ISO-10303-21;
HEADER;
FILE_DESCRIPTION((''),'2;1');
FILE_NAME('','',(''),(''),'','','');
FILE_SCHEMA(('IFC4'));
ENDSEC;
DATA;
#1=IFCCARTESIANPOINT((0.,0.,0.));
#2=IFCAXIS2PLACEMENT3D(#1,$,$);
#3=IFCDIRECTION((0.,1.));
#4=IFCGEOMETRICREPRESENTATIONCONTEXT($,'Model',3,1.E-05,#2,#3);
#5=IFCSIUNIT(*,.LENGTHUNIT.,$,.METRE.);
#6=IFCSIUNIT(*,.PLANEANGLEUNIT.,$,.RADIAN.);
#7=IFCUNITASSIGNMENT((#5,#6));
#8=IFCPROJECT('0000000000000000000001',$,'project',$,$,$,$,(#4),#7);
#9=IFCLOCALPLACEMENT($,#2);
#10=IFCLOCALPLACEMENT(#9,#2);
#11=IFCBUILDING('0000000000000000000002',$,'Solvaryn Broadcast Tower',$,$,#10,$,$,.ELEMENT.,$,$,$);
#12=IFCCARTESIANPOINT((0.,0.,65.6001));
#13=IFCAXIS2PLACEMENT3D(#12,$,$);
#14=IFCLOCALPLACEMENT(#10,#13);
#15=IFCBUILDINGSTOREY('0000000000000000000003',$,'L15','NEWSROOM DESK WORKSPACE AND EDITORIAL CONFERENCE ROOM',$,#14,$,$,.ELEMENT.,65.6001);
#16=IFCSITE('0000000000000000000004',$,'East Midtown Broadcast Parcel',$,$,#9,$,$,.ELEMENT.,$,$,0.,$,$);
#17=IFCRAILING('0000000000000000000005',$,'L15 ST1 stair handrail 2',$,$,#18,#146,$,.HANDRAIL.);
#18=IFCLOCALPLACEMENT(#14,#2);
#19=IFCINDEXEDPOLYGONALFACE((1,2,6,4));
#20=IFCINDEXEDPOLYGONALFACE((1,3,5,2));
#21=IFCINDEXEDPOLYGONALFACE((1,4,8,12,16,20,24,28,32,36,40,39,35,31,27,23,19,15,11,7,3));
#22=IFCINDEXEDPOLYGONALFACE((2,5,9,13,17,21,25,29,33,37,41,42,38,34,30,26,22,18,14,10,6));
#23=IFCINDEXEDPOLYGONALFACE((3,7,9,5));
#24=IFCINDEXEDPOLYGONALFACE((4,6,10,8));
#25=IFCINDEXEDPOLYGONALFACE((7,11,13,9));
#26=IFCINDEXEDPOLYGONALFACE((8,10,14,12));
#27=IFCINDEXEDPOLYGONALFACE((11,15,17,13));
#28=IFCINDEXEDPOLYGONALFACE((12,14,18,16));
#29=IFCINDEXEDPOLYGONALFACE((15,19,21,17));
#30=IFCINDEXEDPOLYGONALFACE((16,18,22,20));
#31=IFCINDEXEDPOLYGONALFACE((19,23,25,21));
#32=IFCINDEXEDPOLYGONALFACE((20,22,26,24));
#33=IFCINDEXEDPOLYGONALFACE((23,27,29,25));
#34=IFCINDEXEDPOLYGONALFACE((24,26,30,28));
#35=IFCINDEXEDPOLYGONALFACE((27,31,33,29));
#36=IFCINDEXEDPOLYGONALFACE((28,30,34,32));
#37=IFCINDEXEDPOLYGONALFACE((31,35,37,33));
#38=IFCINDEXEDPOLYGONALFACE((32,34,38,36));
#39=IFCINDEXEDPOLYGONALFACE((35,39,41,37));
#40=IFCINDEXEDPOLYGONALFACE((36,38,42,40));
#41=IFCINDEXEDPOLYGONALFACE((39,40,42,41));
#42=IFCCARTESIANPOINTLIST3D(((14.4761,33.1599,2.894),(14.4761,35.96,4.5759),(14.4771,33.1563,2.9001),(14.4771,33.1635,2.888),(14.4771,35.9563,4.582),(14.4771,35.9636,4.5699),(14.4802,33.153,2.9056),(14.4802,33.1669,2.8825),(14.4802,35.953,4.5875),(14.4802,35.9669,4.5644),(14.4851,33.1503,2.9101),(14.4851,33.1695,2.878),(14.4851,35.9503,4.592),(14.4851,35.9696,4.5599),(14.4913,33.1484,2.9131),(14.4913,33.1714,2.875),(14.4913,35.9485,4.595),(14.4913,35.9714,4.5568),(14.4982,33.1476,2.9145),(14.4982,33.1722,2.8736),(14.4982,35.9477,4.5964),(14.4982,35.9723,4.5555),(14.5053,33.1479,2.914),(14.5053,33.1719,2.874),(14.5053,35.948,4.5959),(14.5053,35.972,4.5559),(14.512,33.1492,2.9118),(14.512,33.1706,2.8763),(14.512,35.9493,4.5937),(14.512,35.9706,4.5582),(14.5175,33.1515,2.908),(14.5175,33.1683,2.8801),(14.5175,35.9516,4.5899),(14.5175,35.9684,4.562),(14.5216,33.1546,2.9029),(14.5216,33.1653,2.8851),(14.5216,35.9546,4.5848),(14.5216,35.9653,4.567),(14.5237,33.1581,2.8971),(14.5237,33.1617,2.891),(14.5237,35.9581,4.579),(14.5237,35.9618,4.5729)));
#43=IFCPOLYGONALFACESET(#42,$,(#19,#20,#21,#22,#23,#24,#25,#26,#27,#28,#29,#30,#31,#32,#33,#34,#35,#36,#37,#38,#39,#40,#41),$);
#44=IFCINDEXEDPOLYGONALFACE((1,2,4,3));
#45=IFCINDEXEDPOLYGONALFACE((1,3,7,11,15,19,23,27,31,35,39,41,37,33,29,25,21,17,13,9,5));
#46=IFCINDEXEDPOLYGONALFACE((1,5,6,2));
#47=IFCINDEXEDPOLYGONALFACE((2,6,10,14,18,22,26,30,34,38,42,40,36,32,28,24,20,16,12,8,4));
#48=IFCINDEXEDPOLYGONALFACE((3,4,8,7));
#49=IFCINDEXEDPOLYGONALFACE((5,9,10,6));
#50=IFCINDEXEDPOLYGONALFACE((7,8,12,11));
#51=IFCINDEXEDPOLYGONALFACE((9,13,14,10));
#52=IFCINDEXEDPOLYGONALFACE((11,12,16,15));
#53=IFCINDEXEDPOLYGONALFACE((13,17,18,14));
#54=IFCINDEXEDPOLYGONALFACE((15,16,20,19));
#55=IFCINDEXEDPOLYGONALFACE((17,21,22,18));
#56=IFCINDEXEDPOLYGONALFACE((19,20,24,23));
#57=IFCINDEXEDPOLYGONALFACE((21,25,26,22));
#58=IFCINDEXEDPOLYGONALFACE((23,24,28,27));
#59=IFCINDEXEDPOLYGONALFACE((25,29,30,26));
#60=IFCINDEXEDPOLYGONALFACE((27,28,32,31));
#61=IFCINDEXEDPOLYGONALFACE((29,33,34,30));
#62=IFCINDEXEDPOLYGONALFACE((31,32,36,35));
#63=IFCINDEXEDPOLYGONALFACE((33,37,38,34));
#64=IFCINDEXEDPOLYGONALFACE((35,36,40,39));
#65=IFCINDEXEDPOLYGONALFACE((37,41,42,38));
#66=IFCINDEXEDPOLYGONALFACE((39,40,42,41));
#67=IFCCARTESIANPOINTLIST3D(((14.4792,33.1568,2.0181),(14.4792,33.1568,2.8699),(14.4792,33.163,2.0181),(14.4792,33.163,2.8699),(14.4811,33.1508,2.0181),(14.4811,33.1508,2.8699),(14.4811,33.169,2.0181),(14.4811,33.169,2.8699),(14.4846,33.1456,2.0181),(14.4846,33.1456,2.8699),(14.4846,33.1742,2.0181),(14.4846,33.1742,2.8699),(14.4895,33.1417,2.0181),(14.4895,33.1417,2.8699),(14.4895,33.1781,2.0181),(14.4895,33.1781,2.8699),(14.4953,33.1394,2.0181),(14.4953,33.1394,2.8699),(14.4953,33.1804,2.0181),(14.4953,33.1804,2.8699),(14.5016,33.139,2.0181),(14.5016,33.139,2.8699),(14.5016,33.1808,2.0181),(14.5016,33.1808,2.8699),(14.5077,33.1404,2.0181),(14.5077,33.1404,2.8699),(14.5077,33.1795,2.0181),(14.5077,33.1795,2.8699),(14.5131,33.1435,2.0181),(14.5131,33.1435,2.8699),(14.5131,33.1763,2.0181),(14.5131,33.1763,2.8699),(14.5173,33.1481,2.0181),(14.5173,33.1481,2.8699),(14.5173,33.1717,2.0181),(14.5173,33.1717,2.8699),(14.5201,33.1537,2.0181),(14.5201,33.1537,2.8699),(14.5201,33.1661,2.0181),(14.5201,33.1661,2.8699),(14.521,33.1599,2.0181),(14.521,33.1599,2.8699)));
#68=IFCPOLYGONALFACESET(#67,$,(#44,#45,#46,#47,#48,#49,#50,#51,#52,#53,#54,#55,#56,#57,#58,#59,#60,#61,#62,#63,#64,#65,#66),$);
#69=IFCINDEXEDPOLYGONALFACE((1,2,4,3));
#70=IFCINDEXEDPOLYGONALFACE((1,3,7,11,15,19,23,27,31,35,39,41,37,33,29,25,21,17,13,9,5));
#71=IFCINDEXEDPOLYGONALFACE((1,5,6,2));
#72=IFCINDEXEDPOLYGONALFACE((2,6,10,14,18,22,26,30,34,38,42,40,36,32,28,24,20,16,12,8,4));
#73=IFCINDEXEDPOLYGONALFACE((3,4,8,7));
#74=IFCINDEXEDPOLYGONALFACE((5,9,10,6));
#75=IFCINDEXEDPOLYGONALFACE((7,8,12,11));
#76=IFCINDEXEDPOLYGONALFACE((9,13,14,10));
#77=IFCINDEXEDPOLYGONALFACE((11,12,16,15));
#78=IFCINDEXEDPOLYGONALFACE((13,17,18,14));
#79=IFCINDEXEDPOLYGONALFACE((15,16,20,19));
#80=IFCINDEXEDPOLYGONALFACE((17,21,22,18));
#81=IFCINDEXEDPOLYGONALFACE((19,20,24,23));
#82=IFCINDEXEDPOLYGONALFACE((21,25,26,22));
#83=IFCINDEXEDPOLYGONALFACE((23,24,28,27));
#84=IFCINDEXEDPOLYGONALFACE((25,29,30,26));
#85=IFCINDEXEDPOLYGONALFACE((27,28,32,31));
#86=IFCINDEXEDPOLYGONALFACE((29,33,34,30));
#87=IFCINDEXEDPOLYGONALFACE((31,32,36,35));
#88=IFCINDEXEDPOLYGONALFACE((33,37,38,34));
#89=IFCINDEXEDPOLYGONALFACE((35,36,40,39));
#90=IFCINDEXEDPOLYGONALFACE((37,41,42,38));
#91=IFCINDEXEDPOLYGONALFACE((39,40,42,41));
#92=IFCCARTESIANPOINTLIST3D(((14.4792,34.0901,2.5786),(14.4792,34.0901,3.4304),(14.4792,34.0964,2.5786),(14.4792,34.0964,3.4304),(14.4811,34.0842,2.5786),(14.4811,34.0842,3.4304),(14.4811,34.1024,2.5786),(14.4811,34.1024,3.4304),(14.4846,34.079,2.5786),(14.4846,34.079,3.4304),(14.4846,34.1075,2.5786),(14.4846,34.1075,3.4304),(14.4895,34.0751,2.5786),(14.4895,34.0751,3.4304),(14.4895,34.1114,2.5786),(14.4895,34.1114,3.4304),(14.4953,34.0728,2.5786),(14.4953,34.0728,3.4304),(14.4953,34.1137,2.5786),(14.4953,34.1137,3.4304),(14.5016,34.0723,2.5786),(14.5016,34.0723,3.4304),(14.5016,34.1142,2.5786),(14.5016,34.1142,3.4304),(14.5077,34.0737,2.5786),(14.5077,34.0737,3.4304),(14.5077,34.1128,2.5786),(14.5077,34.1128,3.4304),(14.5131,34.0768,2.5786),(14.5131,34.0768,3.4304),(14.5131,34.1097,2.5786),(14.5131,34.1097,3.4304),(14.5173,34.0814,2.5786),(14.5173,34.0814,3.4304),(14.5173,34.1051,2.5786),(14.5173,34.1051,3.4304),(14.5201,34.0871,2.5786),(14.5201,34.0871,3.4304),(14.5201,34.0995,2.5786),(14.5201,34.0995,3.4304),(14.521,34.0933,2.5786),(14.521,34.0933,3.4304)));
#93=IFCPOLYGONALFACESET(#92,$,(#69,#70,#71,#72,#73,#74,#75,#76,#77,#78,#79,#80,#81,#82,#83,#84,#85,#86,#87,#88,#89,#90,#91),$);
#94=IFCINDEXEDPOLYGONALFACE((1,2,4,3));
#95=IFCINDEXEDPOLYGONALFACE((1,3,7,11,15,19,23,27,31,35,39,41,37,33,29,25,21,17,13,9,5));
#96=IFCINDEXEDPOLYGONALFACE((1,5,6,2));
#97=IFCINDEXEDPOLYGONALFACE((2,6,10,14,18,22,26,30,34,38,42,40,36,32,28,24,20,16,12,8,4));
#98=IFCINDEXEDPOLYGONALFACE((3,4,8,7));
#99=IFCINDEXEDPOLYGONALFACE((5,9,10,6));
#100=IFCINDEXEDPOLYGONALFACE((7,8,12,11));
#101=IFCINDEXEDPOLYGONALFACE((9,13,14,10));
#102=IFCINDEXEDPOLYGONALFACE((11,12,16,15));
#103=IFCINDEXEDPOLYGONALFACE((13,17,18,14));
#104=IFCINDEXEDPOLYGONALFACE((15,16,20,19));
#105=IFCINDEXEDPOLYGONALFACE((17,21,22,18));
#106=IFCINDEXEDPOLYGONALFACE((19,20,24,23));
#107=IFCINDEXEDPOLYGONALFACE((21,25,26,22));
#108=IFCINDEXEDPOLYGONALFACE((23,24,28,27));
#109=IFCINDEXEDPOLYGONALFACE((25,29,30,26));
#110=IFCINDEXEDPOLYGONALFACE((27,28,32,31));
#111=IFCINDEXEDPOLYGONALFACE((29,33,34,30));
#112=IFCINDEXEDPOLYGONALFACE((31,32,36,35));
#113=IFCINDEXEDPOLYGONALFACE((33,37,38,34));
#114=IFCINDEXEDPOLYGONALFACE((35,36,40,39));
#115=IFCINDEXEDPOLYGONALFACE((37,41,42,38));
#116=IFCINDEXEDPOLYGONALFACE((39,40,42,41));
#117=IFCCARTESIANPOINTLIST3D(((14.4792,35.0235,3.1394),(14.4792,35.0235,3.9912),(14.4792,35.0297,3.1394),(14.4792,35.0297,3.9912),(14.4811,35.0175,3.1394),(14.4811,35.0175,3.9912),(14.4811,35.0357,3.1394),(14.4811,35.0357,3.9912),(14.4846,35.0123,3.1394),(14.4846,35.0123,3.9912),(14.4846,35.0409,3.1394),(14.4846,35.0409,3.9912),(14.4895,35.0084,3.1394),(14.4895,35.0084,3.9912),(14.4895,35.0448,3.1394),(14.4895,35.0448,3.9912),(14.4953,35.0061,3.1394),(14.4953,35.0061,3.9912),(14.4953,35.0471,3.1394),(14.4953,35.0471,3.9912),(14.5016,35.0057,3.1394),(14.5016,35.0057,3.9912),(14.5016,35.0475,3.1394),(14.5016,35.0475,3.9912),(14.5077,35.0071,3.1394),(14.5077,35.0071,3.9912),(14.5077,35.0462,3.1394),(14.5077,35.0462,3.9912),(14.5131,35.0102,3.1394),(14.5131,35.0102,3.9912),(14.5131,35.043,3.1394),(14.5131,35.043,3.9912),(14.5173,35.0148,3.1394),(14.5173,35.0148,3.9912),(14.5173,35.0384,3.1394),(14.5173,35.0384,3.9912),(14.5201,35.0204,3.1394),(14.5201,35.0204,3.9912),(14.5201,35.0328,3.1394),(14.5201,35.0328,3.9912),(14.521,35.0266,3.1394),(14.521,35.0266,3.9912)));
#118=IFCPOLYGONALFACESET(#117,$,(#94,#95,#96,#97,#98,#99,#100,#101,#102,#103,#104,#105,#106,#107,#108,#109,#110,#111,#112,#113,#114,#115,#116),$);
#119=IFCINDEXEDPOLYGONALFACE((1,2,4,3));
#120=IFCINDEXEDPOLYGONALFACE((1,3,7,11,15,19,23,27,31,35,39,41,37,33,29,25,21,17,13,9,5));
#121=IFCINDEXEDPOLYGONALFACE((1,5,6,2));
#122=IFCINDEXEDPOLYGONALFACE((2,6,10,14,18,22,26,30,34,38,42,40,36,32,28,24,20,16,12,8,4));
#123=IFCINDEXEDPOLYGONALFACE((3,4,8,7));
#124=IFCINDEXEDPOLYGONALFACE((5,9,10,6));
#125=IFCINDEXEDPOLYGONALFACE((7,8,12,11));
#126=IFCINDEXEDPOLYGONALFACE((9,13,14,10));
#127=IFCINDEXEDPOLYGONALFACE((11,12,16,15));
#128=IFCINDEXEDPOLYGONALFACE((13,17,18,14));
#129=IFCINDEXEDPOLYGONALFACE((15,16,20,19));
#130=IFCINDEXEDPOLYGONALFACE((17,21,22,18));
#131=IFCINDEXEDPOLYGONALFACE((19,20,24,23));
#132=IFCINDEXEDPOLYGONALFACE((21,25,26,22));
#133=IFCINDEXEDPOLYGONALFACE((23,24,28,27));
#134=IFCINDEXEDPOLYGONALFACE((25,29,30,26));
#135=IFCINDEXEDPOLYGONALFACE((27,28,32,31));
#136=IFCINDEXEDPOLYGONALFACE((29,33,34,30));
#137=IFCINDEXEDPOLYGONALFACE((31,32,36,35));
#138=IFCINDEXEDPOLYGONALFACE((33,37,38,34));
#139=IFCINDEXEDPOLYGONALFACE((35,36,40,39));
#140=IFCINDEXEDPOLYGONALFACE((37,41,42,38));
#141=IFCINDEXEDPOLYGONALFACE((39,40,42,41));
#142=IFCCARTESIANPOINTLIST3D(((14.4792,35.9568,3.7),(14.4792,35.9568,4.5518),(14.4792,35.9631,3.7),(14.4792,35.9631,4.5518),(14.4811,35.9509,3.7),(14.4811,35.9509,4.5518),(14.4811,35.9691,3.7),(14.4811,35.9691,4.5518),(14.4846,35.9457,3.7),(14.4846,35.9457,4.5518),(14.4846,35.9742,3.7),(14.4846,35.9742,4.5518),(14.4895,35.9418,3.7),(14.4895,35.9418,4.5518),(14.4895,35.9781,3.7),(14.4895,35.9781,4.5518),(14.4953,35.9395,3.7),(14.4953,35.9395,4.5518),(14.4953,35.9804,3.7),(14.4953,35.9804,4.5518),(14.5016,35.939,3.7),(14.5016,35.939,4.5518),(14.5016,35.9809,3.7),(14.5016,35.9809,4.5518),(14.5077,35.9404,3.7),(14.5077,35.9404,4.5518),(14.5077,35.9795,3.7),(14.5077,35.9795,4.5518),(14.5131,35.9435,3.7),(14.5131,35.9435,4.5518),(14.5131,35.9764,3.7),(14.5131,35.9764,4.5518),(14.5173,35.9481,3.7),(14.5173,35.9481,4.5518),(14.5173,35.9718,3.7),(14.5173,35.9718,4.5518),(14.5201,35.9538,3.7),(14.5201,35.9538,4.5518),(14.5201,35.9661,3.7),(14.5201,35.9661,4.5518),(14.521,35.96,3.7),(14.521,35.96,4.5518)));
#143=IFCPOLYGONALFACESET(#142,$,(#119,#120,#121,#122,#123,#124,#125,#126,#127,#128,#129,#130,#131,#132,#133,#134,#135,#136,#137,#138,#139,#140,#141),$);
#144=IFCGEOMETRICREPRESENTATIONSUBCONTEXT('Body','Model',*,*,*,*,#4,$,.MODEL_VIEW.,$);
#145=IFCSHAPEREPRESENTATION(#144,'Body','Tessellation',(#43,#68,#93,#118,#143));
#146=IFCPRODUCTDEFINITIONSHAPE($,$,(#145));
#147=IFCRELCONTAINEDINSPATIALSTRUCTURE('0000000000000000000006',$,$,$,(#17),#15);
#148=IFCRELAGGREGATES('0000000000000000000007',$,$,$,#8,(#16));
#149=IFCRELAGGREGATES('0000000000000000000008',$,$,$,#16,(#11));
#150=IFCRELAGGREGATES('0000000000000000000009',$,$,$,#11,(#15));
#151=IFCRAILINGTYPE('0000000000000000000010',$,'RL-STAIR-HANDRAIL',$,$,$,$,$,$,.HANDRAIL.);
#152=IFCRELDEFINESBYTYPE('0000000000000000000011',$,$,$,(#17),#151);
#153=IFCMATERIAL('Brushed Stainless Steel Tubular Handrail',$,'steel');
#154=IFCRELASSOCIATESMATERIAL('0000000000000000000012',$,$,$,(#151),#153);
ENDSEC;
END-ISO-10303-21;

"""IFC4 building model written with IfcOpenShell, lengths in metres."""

from ifc_helpers import new_model, si_unit, direction, frame, origin, origin_2d, place, context, subcontext, project, spatial, circle, extrude, material, type_object, element, save


model = new_model("IFC4")

# Units and contexts
model_context = context("Model", 3, precision=1e-05, world=origin(), true_north=direction((0.0, 1.0)))
body_context = subcontext(model_context, "Body", "Model", "MODEL_VIEW")
ifc_project = project(units=[si_unit("LENGTHUNIT", "METRE"), si_unit("PLANEANGLEUNIT", "RADIAN")], contexts=[model_context])

# Site, building, storey
site_placement = place(None, origin())
site = spatial("IfcSite", under=ifc_project, at=site_placement, Name="East Midtown Broadcast Parcel", CompositionType="ELEMENT", RefElevation=0.0)
building_placement = place(site_placement, origin())
building = spatial("IfcBuilding", under=site, at=building_placement, Name="Solvaryn Broadcast Tower", CompositionType="ELEMENT")
storey_placement = place(building_placement, frame((0.0, 0.0, 65.6001)))
storey = spatial("IfcBuildingStorey", under=building, at=storey_placement, Name="L15", Description="NEWSROOM DESK WORKSPACE AND EDITORIAL CONFERENCE ROOM", CompositionType="ELEMENT", Elevation=65.6001)

# Railing
ifc_material_1 = material(Name="Brushed Stainless Steel Tubular Handrail", Category="steel")
railing_type_1 = type_object("IfcRailingType", Name="RL-STAIR-HANDRAIL", PredefinedType="HANDRAIL", material=ifc_material_1)
railing_1_placement = place(storey_placement, frame((14.5, 33.1599, 2.0181)))
element("IfcRailing", 1, at=railing_1_placement, inside=storey, type_object=railing_type_1, Name="L15 ST1 stair handrail 2", PredefinedType="HANDRAIL", context=body_context, shape_type="SweptSolid", body=[
    extrude(circle(Radius=0.0239, at=origin_2d()), frame((0.0, 0.0, 0.876), z_axis=(0.0, 0.857242, 0.514913), x_axis=(-1.0, 0.0, 0.0)), (0.0, 0.0, 1.0), 3.2664),
    extrude(circle(Radius=0.021, at=origin_2d()), origin(), (0.0, 0.0, 1.0), 0.8518),
    extrude(circle(Radius=0.021, at=origin_2d()), frame((0.0, 0.9333, 0.5605)), (0.0, 0.0, 1.0), 0.8518),
    extrude(circle(Radius=0.021, at=origin_2d()), frame((0.0, 1.8667, 1.1213)), (0.0, 0.0, 1.0), 0.8518),
    extrude(circle(Radius=0.021, at=origin_2d()), frame((0.0, 2.8, 1.6819)), (0.0, 0.0, 1.0), 0.8518),
])

save(model, "model.ifc")
